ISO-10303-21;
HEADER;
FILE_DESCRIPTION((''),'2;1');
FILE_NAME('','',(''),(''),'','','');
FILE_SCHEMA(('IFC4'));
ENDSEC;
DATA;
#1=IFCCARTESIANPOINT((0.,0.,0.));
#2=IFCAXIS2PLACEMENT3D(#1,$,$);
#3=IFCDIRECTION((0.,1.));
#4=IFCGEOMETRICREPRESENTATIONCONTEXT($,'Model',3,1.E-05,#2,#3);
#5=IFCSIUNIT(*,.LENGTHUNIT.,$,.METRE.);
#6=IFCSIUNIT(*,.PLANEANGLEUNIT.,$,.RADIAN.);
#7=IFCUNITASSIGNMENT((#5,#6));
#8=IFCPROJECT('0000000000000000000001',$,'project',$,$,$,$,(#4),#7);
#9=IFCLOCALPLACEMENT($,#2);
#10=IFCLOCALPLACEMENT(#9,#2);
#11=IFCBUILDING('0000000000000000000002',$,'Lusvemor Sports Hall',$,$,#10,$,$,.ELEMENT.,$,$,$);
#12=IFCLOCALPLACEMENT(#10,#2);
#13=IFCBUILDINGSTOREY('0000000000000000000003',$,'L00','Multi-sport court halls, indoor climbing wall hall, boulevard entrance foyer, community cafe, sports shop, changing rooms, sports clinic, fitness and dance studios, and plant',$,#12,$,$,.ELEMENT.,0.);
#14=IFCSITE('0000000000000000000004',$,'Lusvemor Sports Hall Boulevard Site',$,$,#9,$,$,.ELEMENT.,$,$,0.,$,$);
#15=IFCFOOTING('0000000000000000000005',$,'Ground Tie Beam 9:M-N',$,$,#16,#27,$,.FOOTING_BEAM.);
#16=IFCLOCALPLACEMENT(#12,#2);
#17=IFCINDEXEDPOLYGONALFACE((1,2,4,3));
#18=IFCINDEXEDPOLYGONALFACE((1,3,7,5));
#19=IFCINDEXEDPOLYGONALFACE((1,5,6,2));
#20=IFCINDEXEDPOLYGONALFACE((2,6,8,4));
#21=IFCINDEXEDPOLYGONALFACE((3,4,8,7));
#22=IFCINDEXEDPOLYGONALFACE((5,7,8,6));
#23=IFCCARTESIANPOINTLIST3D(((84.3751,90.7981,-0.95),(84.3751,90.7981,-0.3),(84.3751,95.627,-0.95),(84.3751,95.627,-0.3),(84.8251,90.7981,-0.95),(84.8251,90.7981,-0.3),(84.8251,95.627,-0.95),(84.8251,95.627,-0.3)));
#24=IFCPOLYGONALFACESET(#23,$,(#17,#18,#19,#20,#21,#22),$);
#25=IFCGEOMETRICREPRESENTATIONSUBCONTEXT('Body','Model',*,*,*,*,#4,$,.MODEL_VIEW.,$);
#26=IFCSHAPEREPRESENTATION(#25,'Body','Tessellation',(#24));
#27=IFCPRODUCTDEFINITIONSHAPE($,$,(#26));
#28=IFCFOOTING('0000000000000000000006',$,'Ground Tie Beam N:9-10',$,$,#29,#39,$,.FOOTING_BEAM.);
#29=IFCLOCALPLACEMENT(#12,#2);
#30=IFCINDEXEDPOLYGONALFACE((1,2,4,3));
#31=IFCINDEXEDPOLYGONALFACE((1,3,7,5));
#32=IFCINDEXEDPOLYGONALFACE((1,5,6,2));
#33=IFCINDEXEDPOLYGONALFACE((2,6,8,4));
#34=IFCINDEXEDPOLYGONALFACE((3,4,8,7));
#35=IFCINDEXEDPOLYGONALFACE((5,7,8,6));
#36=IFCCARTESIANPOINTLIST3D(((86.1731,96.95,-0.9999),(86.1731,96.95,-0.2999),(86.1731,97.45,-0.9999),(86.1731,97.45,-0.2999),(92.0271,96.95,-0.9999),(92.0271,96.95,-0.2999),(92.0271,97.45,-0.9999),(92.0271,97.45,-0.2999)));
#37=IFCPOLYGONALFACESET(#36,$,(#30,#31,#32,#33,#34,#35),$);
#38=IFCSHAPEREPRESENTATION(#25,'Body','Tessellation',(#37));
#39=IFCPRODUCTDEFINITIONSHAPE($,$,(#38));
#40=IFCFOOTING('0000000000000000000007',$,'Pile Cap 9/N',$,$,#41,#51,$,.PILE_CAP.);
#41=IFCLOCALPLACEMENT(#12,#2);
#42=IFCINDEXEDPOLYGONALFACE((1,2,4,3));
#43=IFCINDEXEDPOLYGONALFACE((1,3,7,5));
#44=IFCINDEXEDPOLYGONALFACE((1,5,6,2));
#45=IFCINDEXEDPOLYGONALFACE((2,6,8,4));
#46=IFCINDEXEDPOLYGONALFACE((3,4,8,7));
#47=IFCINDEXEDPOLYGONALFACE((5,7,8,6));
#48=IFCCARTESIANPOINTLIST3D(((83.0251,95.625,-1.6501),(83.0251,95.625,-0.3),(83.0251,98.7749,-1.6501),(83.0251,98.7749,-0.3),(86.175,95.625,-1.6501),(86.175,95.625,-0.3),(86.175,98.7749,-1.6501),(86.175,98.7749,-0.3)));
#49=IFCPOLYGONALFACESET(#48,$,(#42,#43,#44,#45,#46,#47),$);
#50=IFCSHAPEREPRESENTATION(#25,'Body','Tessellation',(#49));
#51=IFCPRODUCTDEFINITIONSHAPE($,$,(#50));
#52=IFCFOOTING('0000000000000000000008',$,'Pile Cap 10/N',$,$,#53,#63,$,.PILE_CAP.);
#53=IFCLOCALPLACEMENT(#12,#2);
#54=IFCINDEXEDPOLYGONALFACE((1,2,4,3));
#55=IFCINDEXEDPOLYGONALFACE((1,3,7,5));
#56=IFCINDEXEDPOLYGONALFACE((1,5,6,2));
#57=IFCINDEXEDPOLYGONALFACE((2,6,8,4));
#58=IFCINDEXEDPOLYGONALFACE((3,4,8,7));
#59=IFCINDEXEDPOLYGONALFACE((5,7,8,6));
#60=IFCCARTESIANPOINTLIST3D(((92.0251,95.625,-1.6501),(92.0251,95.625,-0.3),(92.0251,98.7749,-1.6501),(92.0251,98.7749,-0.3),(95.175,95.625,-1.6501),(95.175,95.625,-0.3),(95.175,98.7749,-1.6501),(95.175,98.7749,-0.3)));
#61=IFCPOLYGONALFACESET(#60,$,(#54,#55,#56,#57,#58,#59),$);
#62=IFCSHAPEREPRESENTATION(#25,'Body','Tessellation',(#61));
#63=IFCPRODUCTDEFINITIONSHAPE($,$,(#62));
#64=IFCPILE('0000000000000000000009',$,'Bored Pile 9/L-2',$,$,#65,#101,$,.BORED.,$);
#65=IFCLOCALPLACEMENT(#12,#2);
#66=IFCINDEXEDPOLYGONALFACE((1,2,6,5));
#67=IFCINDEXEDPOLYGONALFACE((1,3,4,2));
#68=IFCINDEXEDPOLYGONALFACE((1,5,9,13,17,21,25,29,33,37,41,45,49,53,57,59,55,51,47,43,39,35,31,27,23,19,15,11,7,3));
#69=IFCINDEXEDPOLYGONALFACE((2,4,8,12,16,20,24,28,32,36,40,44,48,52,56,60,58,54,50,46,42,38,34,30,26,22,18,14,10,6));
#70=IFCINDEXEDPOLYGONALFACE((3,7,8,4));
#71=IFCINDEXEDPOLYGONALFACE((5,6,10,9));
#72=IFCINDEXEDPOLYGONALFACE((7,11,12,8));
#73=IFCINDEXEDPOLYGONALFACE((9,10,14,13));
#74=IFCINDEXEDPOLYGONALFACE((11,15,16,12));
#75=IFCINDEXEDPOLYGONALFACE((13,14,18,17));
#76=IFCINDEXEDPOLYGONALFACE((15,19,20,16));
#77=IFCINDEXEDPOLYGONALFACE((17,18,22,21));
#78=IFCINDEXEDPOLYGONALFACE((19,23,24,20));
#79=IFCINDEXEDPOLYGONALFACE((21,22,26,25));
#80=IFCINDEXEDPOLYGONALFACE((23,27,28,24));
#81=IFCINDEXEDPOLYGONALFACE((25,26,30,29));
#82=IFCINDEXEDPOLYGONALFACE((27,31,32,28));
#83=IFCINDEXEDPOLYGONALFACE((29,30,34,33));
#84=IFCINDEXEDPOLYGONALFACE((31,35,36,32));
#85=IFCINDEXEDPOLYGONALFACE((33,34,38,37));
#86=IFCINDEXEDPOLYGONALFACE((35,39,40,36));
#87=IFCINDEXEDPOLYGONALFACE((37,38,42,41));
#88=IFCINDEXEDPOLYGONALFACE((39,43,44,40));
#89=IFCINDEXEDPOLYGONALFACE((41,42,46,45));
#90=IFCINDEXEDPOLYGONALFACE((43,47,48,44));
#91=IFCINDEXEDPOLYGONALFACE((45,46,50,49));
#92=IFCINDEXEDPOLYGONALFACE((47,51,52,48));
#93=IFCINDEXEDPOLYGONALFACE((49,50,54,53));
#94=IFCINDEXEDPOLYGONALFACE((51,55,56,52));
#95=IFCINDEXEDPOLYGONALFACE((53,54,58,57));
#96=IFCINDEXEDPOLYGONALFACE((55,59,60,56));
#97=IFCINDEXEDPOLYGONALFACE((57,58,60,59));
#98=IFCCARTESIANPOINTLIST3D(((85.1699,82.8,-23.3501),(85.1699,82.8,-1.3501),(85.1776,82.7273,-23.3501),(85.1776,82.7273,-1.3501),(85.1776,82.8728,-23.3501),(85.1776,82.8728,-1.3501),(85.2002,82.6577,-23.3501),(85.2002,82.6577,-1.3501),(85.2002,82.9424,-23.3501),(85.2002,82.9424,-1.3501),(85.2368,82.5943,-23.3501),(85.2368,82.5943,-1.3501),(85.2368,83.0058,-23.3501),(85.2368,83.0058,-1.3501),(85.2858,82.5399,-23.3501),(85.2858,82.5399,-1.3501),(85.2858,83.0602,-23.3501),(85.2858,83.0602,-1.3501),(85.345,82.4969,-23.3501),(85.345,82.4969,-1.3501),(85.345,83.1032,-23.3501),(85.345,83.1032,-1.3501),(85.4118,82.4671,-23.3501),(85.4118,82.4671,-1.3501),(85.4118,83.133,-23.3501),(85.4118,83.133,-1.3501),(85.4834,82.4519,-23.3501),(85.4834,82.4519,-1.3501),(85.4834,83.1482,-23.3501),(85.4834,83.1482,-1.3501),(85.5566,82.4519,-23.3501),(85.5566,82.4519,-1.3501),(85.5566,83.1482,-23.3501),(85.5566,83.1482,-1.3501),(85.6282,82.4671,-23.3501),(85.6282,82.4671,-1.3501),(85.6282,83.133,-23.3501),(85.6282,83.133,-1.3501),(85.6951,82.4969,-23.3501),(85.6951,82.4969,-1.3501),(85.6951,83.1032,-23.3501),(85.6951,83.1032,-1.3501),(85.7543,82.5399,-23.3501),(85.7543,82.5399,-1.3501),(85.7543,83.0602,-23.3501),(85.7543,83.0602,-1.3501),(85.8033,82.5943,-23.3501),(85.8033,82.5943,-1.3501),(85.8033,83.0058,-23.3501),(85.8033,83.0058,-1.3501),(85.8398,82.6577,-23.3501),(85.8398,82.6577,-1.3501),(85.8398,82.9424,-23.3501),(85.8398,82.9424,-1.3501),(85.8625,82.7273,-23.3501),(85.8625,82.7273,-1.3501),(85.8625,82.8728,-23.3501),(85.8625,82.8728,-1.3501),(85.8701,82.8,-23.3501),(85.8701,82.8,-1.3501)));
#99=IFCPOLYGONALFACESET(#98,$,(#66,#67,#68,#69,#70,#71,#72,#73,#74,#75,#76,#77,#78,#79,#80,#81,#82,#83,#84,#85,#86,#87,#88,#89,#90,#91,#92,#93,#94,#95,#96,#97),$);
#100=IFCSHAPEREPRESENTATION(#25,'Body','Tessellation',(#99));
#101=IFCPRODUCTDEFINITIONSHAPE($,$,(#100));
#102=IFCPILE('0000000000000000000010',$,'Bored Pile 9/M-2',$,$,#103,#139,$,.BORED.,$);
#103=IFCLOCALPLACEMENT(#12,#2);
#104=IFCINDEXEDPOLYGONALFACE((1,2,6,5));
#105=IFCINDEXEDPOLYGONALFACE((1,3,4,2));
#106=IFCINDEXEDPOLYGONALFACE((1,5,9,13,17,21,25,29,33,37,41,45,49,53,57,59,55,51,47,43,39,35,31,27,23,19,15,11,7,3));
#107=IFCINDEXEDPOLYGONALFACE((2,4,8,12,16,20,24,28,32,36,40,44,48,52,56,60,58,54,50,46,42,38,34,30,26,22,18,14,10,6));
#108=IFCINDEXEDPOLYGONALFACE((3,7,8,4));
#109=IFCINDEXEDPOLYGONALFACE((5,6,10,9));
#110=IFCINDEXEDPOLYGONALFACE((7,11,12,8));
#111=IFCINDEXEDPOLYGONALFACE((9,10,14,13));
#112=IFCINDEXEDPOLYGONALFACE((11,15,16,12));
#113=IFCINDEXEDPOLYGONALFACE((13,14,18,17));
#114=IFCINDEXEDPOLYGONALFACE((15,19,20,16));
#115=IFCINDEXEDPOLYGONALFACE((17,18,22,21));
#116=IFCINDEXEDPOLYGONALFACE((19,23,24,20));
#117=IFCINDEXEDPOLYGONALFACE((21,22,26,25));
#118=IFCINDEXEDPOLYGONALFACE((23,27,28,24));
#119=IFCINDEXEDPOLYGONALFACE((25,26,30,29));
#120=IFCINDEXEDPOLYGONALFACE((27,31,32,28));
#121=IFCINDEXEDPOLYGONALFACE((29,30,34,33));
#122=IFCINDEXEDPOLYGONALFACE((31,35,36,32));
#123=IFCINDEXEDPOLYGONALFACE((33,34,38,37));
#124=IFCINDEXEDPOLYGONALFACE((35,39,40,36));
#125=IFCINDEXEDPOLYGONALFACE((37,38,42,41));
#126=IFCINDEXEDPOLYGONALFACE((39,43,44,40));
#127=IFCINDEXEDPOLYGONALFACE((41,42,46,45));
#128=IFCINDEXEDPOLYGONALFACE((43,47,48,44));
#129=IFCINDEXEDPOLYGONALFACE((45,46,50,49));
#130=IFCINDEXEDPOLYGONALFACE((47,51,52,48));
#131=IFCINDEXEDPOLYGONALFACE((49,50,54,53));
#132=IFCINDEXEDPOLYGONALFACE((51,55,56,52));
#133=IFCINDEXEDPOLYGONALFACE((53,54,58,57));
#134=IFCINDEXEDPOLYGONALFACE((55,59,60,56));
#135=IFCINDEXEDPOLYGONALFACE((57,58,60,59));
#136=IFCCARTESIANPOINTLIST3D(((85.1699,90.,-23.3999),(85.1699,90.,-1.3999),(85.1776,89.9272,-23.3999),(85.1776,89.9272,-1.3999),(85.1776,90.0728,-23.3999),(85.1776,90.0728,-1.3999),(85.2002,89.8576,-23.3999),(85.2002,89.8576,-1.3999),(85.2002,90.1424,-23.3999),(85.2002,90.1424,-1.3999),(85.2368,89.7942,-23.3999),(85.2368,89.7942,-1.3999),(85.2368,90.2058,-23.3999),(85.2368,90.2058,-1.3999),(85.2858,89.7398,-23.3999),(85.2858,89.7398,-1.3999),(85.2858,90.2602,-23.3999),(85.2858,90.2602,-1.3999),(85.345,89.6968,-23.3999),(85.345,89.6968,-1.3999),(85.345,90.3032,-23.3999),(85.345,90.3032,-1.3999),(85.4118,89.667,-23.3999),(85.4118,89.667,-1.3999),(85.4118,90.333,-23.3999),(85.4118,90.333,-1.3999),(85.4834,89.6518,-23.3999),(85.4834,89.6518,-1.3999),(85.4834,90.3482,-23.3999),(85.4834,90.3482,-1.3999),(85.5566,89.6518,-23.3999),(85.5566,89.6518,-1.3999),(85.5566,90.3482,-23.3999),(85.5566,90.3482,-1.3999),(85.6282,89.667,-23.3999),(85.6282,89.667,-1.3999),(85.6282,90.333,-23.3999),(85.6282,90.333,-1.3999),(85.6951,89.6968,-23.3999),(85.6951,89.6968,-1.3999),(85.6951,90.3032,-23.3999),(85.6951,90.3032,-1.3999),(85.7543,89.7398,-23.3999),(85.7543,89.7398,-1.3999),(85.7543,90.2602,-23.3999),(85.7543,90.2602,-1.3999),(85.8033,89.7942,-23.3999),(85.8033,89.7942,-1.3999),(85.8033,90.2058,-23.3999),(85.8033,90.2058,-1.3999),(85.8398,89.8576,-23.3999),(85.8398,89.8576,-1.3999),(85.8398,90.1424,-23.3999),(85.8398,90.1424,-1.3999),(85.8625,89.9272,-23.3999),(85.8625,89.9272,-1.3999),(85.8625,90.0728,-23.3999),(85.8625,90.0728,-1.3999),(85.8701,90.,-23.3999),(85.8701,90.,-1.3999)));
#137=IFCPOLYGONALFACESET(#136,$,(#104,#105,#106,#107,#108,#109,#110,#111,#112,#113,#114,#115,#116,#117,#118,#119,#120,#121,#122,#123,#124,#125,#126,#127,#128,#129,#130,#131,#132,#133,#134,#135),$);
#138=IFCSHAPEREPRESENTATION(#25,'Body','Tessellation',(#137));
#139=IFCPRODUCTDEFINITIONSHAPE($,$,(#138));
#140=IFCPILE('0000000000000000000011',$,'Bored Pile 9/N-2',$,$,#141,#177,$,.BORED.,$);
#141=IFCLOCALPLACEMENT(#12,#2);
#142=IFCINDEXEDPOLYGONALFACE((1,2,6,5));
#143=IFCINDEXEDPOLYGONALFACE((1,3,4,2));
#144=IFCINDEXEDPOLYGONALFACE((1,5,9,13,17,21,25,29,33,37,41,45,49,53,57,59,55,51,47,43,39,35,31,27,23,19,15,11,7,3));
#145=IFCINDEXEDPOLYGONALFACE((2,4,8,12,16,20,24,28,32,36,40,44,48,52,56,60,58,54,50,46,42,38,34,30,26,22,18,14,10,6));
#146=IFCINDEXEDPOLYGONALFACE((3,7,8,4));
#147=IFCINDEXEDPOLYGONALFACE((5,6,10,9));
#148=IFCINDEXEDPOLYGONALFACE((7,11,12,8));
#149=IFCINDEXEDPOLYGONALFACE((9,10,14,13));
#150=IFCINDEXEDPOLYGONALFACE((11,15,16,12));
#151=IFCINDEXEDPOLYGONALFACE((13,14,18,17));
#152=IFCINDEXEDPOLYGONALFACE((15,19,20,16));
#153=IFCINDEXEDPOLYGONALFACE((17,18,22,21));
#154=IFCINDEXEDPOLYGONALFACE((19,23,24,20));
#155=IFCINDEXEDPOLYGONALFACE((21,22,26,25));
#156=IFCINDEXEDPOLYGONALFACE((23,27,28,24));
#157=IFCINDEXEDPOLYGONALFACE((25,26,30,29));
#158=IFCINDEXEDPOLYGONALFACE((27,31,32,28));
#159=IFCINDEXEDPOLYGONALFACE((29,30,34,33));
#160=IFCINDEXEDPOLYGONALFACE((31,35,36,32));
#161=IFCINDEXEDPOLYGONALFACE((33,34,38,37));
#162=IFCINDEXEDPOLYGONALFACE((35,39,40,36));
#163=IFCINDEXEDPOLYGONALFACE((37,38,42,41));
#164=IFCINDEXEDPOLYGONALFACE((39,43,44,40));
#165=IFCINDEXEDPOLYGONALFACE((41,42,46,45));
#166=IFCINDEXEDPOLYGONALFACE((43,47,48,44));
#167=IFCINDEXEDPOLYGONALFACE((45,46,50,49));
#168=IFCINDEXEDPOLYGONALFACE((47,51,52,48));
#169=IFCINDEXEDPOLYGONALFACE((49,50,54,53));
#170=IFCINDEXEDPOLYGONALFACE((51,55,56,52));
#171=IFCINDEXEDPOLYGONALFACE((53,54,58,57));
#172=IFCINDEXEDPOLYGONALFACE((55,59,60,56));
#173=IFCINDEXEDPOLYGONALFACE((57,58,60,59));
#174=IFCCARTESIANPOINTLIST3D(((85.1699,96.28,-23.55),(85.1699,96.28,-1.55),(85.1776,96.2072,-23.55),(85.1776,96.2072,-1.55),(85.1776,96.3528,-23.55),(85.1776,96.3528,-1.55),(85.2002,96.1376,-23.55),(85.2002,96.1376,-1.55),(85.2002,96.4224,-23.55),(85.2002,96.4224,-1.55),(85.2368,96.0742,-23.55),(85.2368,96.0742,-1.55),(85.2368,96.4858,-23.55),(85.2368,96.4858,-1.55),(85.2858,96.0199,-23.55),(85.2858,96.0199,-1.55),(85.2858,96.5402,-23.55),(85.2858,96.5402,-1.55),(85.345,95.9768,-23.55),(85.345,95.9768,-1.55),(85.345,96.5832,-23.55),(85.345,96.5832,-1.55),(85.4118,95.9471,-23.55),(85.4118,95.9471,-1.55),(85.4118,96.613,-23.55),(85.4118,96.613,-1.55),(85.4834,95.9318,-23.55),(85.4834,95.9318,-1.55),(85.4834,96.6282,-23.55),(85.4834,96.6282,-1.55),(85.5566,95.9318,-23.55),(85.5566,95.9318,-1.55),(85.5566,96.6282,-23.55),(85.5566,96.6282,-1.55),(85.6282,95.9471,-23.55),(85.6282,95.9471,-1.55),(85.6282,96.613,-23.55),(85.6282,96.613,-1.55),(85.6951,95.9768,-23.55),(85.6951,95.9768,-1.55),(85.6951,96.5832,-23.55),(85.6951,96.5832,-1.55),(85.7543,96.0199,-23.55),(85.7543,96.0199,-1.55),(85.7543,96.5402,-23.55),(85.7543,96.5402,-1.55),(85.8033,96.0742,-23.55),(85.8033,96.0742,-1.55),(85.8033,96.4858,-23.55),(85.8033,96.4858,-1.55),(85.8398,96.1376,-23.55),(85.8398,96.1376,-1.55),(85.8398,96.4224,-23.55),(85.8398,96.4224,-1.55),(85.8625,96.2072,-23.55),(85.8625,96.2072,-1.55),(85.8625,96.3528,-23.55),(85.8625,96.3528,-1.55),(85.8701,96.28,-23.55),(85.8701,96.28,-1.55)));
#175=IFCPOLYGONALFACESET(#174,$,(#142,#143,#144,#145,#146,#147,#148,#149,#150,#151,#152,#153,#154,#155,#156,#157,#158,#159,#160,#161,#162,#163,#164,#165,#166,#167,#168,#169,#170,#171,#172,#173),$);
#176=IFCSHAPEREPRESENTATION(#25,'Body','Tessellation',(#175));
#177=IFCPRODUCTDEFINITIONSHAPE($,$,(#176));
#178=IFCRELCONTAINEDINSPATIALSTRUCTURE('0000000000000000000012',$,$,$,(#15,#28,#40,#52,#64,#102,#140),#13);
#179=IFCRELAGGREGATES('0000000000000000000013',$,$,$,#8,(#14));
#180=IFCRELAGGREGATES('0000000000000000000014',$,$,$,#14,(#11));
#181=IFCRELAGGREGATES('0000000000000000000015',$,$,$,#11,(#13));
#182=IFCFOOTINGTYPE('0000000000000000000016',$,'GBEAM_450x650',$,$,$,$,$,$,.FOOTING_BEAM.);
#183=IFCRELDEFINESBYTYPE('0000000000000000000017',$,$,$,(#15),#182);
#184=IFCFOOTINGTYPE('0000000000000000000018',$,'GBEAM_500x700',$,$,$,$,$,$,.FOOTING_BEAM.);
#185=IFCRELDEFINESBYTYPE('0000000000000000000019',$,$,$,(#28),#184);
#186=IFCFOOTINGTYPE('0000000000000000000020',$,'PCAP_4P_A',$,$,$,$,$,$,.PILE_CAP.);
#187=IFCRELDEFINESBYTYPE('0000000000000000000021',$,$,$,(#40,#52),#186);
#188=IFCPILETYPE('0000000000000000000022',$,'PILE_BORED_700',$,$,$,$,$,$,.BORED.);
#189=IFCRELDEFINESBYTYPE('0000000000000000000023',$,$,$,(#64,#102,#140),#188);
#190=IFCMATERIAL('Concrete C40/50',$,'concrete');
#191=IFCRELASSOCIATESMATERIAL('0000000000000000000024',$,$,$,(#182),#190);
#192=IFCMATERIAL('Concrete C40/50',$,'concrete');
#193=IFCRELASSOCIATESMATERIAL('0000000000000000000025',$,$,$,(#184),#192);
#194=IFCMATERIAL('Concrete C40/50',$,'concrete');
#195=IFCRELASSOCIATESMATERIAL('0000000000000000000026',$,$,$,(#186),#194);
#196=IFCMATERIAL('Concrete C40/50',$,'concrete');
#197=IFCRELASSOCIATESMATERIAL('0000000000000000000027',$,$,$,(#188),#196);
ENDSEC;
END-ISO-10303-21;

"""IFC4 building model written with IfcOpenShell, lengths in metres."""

from ifc_helpers import new_model, si_unit, direction, frame, origin, origin_2d, place, context, subcontext, project, spatial, rectangle, circle, extrude, material, material_profile, profile_set, type_object, element, save


model = new_model("IFC4")

# Units and contexts
model_context = context("Model", 3, precision=1e-05, world=origin(), true_north=direction((0.0, 1.0)))
body_context = subcontext(model_context, "Body", "Model", "MODEL_VIEW")
ifc_project = project(units=[si_unit("LENGTHUNIT", "METRE"), si_unit("PLANEANGLEUNIT", "RADIAN")], contexts=[model_context])

# Site, building, storey
site_placement = place(None, origin())
site = spatial("IfcSite", under=ifc_project, at=site_placement, Name="Lusvemor Sports Hall Boulevard Site", CompositionType="ELEMENT", RefElevation=0.0)
building_placement = place(site_placement, origin())
building = spatial("IfcBuilding", under=site, at=building_placement, Name="Lusvemor Sports Hall", CompositionType="ELEMENT")
storey_placement = place(building_placement, origin())
storey = spatial("IfcBuildingStorey", under=building, at=storey_placement, Name="L00", Description="Multi-sport court halls, indoor climbing wall hall, boulevard entrance foyer, community cafe, sports shop, changing rooms, sports clinic, fitness and dance studios, and plant", CompositionType="ELEMENT", Elevation=0.0)

# Footings
ifc_material_1 = material(Name="Concrete C40/50", Category="concrete")
ifc_material_profile_1 = material_profile(ifc_material_1, rectangle(XDim=0.45, YDim=0.6499, at=origin_2d()), Name="GB_450x650")
ifc_profile_set_1 = profile_set([ifc_material_profile_1], Name="Concrete C40/50")
footing_type_1 = type_object("IfcFootingType", Name="GBEAM_450x650", PredefinedType="FOOTING_BEAM", material=ifc_profile_set_1)
footing_1_placement = place(storey_placement, frame((84.6001, 90.7981, -0.625), z_axis=(0.0, 1.0, 0.0), x_axis=(-1.0, 0.0, 0.0)))
element("IfcFooting", 1, at=footing_1_placement, inside=storey, type_object=footing_type_1, Name="Ground Tie Beam 9:M-N", PredefinedType="FOOTING_BEAM", context=body_context, shape_type="SweptSolid", body=[
    extrude(rectangle(XDim=0.45, YDim=0.6499, at=origin_2d()), origin(), (0.0, 0.0, 1.0), 4.8289),
])
ifc_material_2 = material(Name="Concrete C40/50", Category="concrete")
ifc_material_profile_2 = material_profile(ifc_material_2, rectangle(XDim=0.5, YDim=0.7, at=origin_2d()), Name="GB_500x700")
ifc_profile_set_2 = profile_set([ifc_material_profile_2], Name="Concrete C40/50")
footing_type_2 = type_object("IfcFootingType", Name="GBEAM_500x700", PredefinedType="FOOTING_BEAM", material=ifc_profile_set_2)
footing_2_placement = place(storey_placement, frame((86.1731, 97.2, -0.6499), z_axis=(1.0, 0.0, 0.0), x_axis=(0.0, 1.0, 0.0)))
element("IfcFooting", 2, at=footing_2_placement, inside=storey, type_object=footing_type_2, Name="Ground Tie Beam N:9-10", PredefinedType="FOOTING_BEAM", context=body_context, shape_type="SweptSolid", body=[
    extrude(rectangle(XDim=0.5, YDim=0.7, at=origin_2d()), origin(), (0.0, 0.0, 1.0), 5.854),
])
ifc_material_3 = material(Name="Concrete C40/50", Category="concrete")
footing_type_3 = type_object("IfcFootingType", Name="PCAP_4P_A", PredefinedType="PILE_CAP", material=ifc_material_3)
for number, where, z_axis, x_axis, name in (
    (3, (84.6001, 97.2, -1.6501), (0.0, 0.0, 1.0), (1.0, 0.0, 0.0), "Pile Cap 9/N"),
    (4, (93.6001, 97.2, -1.6501), (0.0, 0.0, 1.0), (1.0, 0.0, 0.0), "Pile Cap 10/N"),
):
    element("IfcFooting", number, at=place(storey_placement, frame(where, z_axis=z_axis, x_axis=x_axis)), inside=storey, type_object=footing_type_3, Name=name, PredefinedType="PILE_CAP", context=body_context, shape_type="SweptSolid", body=[
        extrude(rectangle(XDim=3.1499, YDim=3.1499, at=origin_2d()), origin(), (0.0, 0.0, 1.0), 1.3501),
    ])

# Piles
ifc_material_4 = material(Name="Concrete C40/50", Category="concrete")
ifc_material_profile_3 = material_profile(ifc_material_4, circle(Radius=0.3501, at=origin_2d()), Name="PILE700")
ifc_profile_set_3 = profile_set([ifc_material_profile_3], Name="Concrete C40/50")
pile_type = type_object("IfcPileType", Name="PILE_BORED_700", PredefinedType="BORED", material=ifc_profile_set_3)
for number, where, z_axis, x_axis, name in (
    (5, (85.52, 82.8, -1.3501), (0.0, 0.0, -1.0), (1.0, 0.0, 0.0), "Bored Pile 9/L-2"),
    (6, (85.52, 90.0, -1.3999), (0.0, 0.0, -1.0), (1.0, 0.0, 0.0), "Bored Pile 9/M-2"),
    (7, (85.52, 96.28, -1.55), (0.0, 0.0, -1.0), (1.0, 0.0, 0.0), "Bored Pile 9/N-2"),
):
    element("IfcPile", number, at=place(storey_placement, frame(where, z_axis=z_axis, x_axis=x_axis)), inside=storey, type_object=pile_type, Name=name, PredefinedType="BORED", context=body_context, shape_type="SweptSolid", body=[
        extrude(circle(Radius=0.3501, at=origin_2d()), origin(), (0.0, 0.0, 1.0), 22.0),
    ])

save(model, "model.ifc")
